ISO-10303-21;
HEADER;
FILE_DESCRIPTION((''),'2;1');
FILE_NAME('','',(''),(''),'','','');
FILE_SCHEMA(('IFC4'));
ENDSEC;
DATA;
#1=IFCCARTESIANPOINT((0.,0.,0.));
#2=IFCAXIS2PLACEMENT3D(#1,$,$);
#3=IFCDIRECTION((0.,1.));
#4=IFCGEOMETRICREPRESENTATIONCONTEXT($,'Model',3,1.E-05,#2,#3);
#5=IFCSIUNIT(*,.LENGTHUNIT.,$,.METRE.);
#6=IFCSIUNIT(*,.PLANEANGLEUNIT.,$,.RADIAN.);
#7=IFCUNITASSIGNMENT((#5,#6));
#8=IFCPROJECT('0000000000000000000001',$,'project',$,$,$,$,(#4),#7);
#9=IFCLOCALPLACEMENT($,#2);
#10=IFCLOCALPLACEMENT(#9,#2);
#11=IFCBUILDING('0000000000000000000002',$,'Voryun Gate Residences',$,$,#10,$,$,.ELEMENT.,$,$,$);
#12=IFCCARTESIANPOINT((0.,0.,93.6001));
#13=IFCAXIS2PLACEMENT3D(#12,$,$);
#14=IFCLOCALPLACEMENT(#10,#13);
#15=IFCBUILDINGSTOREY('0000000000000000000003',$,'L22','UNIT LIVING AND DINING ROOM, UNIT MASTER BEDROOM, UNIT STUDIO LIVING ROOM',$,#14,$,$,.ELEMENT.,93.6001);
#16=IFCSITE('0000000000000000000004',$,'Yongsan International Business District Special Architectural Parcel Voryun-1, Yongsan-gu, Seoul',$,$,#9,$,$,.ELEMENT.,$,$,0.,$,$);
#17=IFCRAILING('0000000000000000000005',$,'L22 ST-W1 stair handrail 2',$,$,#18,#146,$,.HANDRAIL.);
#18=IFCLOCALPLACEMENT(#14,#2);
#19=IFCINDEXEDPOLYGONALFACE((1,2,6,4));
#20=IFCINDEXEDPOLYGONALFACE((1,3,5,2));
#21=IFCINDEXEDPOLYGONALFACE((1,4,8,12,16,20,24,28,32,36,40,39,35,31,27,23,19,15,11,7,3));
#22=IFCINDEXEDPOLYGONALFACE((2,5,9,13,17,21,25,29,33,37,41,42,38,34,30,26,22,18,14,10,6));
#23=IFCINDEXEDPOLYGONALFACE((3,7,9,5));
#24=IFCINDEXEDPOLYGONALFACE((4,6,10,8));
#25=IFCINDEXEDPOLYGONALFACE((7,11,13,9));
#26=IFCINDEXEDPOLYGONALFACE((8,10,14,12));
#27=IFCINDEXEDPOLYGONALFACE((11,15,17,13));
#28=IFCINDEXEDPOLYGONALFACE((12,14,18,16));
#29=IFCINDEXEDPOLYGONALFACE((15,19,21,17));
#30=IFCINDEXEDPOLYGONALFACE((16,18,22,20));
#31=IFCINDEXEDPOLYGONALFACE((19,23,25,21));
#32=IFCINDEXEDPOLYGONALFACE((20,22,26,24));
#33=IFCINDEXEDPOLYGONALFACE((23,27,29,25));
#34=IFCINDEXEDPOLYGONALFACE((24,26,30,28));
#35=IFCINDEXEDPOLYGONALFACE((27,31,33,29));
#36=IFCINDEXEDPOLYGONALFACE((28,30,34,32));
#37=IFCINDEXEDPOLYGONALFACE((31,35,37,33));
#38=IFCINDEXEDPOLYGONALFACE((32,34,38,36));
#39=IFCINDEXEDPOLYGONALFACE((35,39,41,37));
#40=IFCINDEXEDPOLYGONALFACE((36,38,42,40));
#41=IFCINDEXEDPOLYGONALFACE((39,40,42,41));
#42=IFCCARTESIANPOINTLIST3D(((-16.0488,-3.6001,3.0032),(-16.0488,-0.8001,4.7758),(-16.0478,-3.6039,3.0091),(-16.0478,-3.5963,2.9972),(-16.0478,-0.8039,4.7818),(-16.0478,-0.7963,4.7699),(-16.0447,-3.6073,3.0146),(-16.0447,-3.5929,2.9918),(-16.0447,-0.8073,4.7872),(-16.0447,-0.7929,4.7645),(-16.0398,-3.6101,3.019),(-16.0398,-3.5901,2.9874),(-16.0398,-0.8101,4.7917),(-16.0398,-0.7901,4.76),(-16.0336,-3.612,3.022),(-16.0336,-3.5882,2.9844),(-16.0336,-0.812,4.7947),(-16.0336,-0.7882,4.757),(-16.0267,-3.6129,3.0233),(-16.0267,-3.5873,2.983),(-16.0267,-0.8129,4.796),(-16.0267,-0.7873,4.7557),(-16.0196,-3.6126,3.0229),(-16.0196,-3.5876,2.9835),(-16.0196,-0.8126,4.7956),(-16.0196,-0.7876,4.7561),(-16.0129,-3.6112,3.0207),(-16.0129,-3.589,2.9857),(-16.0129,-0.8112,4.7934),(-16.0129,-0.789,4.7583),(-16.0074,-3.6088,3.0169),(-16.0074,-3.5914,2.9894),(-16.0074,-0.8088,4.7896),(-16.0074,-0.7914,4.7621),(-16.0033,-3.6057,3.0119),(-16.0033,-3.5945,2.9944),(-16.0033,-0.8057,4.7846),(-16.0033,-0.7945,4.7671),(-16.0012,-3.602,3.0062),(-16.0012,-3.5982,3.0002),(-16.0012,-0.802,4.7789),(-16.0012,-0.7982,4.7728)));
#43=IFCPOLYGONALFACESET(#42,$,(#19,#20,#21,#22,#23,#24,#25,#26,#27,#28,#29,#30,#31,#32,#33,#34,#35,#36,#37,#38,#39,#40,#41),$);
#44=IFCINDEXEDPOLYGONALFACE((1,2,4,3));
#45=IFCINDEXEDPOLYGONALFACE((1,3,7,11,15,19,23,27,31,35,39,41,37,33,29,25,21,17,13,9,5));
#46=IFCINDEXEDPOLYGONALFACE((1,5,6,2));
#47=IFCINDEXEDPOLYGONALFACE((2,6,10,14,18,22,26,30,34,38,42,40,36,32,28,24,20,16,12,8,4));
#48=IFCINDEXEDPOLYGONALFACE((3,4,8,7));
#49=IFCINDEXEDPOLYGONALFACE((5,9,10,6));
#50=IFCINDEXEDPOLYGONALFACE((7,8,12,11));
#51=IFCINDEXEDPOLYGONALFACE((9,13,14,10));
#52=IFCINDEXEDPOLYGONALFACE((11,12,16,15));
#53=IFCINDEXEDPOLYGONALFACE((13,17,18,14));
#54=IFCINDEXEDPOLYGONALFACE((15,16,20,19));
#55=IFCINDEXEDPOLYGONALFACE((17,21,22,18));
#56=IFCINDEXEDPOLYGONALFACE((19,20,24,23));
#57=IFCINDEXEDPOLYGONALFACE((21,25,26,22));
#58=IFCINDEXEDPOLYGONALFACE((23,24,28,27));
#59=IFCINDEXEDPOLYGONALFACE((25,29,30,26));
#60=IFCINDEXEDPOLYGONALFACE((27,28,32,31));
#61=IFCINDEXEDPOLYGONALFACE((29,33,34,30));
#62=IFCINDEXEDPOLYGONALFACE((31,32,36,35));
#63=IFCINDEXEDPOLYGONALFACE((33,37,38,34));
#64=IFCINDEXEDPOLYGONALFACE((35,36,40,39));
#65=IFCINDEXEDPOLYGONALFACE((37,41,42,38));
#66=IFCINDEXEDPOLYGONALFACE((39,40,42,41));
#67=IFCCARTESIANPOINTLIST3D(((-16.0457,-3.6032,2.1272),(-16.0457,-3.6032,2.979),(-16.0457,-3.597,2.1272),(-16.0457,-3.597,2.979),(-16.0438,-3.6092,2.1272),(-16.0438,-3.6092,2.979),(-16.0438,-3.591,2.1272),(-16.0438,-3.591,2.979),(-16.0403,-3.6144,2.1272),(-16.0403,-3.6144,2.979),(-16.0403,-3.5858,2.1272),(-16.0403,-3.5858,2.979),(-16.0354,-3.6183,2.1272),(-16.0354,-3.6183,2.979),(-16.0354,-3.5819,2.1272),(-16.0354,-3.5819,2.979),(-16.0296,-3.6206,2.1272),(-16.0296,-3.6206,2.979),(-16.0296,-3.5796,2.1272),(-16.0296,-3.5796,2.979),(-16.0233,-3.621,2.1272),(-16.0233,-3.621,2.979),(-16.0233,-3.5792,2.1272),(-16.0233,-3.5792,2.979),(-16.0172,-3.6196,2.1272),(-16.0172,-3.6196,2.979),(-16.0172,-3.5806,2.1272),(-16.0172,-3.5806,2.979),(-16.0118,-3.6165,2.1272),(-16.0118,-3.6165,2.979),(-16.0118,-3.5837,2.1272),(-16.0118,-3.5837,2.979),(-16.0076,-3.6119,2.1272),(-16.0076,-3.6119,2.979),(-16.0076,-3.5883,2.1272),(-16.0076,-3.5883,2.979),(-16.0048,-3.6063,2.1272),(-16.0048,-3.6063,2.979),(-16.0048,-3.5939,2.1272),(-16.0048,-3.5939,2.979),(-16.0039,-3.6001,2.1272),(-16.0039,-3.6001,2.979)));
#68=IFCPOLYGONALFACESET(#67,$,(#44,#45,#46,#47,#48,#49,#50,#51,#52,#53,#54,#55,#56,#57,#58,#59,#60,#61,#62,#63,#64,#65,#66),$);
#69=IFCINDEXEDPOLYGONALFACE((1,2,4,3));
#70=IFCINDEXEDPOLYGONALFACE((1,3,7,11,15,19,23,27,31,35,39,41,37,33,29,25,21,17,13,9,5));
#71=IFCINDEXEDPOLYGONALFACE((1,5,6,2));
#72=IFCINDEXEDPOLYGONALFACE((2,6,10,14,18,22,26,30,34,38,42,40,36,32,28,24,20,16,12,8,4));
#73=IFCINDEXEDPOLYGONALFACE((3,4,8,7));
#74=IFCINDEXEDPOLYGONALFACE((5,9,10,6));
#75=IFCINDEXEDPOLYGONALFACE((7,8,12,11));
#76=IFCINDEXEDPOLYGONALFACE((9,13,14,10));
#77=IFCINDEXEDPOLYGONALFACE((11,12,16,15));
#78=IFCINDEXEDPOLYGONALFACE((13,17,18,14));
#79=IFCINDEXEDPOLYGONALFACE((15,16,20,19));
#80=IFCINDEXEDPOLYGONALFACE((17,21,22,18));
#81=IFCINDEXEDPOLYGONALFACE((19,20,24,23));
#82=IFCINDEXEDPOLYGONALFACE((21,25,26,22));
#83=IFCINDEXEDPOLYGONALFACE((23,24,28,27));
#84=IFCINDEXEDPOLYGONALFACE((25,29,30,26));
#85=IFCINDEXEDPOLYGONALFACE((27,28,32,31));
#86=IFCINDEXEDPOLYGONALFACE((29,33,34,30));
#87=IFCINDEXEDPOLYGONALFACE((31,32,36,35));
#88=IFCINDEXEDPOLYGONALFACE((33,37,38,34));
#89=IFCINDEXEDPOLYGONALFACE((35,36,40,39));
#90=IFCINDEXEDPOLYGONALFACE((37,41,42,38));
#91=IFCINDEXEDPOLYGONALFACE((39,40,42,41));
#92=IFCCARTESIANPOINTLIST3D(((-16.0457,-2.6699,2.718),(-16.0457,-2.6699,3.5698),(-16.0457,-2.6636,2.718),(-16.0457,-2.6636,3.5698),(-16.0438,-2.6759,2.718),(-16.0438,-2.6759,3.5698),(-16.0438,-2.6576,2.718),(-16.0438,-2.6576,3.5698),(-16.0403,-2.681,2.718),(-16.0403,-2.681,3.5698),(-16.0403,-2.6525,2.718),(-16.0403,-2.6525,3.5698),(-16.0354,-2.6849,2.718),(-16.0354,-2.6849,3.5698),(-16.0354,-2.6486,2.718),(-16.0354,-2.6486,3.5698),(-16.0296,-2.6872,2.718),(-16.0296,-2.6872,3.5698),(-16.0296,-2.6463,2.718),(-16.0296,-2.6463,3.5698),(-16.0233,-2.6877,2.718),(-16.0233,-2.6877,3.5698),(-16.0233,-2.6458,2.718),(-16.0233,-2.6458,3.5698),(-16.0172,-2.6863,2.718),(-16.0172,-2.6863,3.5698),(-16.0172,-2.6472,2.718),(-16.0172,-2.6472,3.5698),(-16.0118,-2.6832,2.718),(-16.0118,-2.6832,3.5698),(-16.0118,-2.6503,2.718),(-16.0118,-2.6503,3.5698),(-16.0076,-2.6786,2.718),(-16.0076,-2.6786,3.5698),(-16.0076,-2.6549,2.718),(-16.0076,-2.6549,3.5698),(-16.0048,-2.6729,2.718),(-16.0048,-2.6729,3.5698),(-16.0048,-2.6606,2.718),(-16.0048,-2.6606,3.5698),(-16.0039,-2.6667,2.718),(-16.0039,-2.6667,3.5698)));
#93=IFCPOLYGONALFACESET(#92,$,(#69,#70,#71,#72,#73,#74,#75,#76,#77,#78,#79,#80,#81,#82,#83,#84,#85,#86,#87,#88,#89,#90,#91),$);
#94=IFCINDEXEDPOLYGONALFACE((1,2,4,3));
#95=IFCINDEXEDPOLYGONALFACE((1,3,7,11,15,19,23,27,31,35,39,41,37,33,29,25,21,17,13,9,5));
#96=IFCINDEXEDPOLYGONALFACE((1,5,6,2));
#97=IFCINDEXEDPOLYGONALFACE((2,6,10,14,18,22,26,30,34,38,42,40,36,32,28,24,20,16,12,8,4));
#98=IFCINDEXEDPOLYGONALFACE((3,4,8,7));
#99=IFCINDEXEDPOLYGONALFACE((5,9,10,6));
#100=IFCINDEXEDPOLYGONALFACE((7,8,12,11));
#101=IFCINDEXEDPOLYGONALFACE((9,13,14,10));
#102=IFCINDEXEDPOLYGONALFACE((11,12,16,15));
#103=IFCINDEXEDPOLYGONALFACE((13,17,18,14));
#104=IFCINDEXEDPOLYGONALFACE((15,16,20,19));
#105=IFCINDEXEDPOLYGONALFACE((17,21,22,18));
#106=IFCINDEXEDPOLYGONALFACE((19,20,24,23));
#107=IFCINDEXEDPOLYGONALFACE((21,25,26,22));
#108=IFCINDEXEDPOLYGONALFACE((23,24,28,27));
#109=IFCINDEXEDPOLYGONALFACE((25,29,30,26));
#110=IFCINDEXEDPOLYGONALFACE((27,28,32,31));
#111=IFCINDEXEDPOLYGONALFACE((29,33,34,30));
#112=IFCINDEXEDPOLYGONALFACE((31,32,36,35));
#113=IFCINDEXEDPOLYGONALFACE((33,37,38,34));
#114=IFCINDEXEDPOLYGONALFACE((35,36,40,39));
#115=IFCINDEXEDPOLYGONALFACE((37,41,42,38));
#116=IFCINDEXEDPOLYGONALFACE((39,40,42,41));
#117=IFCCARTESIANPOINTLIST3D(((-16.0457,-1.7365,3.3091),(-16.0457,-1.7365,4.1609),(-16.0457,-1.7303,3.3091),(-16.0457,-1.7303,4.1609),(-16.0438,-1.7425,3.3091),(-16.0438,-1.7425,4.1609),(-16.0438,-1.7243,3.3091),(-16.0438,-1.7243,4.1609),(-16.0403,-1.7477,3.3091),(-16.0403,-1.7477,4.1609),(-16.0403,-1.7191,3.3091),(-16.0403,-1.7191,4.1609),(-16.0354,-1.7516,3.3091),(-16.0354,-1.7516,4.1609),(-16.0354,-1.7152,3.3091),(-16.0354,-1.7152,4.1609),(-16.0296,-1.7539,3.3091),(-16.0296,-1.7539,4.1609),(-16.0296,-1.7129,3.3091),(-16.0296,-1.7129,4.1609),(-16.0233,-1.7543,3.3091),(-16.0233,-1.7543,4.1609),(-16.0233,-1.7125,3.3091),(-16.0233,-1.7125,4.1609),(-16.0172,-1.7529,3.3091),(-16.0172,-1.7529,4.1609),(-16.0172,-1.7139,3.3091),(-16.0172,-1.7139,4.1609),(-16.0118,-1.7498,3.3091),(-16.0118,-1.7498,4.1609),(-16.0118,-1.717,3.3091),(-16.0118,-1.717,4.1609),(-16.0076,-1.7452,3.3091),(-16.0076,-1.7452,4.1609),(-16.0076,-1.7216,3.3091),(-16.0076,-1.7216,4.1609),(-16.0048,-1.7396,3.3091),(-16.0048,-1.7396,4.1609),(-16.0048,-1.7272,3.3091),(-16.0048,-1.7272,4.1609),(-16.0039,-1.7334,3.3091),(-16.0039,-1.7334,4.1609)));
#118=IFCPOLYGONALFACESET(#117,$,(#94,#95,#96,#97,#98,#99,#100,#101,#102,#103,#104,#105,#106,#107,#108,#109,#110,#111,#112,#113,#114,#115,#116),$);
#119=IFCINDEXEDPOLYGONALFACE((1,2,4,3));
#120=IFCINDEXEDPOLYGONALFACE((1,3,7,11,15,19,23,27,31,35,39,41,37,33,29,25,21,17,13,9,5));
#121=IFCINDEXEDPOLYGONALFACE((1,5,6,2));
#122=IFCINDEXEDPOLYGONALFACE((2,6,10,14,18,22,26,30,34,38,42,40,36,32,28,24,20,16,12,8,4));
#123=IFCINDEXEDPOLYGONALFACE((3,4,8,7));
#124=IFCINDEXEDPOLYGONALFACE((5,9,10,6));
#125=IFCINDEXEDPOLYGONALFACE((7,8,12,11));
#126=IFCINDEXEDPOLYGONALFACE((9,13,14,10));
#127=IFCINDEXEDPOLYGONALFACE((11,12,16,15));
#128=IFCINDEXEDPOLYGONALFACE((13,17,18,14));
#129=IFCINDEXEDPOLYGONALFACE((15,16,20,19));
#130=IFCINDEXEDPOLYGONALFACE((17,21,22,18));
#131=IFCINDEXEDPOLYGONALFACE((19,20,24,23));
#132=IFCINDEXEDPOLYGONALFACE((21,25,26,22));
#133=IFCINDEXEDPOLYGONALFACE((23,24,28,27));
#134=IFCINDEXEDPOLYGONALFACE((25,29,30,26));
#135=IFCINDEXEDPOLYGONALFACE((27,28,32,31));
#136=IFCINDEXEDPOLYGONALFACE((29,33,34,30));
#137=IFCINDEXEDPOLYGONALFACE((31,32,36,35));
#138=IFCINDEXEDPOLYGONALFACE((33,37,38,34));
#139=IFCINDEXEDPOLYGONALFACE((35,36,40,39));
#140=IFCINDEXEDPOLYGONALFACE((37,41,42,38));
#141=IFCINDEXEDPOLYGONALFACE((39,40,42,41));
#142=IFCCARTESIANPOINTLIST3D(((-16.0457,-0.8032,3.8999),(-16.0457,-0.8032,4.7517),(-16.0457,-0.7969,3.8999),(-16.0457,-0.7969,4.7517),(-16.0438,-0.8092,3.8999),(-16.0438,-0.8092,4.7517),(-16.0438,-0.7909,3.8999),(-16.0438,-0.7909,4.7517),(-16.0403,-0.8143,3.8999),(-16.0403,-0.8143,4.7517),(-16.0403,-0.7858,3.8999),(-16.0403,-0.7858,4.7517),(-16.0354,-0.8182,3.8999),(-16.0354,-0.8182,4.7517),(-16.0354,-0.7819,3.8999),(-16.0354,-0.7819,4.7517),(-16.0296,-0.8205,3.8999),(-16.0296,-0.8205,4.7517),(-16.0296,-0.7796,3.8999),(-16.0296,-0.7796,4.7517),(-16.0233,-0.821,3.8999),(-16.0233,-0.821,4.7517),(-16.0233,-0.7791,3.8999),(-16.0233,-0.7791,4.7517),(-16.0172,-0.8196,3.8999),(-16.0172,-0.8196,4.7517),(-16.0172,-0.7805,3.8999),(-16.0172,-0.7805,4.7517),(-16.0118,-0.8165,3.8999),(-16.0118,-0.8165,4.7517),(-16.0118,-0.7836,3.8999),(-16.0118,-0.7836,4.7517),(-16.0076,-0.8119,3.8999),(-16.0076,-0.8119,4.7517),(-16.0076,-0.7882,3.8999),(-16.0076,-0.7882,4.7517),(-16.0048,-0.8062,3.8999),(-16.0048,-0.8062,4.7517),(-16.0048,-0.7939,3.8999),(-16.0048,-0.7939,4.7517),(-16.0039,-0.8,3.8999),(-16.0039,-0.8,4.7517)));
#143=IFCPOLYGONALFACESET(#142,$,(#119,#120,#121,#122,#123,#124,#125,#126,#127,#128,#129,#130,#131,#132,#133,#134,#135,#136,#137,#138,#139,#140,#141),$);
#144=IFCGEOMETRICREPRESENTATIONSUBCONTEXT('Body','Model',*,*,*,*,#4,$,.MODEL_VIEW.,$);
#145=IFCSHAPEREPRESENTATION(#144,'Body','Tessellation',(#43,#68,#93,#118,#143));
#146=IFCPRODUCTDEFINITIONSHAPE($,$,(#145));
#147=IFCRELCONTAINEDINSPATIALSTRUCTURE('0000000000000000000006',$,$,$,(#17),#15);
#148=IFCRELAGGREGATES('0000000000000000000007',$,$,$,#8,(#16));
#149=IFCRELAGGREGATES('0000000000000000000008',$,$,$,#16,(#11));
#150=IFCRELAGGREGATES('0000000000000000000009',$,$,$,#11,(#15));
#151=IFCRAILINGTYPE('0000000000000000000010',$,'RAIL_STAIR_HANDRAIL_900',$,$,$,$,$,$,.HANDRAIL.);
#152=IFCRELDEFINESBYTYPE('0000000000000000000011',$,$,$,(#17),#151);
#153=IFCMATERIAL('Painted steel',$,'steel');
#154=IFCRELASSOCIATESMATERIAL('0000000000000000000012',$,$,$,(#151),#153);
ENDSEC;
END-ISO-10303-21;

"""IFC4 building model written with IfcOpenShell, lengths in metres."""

from ifc_helpers import new_model, si_unit, direction, frame, origin, origin_2d, place, context, subcontext, project, spatial, circle, extrude, material, type_object, element, save


model = new_model("IFC4")

# Units and contexts
model_context = context("Model", 3, precision=1e-05, world=origin(), true_north=direction((0.0, 1.0)))
body_context = subcontext(model_context, "Body", "Model", "MODEL_VIEW")
ifc_project = project(units=[si_unit("LENGTHUNIT", "METRE"), si_unit("PLANEANGLEUNIT", "RADIAN")], contexts=[model_context])

# Site, building, storey
site_placement = place(None, origin())
site = spatial("IfcSite", under=ifc_project, at=site_placement, Name="Yongsan International Business District Special Architectural Parcel Voryun-1, Yongsan-gu, Seoul", CompositionType="ELEMENT", RefElevation=0.0)
building_placement = place(site_placement, origin())
building = spatial("IfcBuilding", under=site, at=building_placement, Name="Voryun Gate Residences", CompositionType="ELEMENT")
storey_placement = place(building_placement, frame((0.0, 0.0, 93.6001)))
storey = spatial("IfcBuildingStorey", under=building, at=storey_placement, Name="L22", Description="UNIT LIVING AND DINING ROOM, UNIT MASTER BEDROOM, UNIT STUDIO LIVING ROOM", CompositionType="ELEMENT", Elevation=93.6001)

# Railing
ifc_material_1 = material(Name="Painted steel", Category="steel")
railing_type_1 = type_object("IfcRailingType", Name="RAIL_STAIR_HANDRAIL_900", PredefinedType="HANDRAIL", material=ifc_material_1)
railing_1_placement = place(storey_placement, frame((-16.0249, -3.6001, 2.1272)))
element("IfcRailing", 1, at=railing_1_placement, inside=storey, type_object=railing_type_1, Name="L22 ST-W1 stair handrail 2", PredefinedType="HANDRAIL", context=body_context, shape_type="SweptSolid", body=[
    extrude(circle(Radius=0.0239, at=origin_2d()), frame((0.0, 0.0, 0.876), z_axis=(0.0, 0.844909, 0.53491), x_axis=(-1.0, 0.0, 0.0)), (0.0, 0.0, 1.0), 3.314),
    extrude(circle(Radius=0.021, at=origin_2d()), origin(), (0.0, 0.0, 1.0), 0.8518),
    extrude(circle(Radius=0.021, at=origin_2d()), frame((0.0, 0.9333, 0.5908)), (0.0, 0.0, 1.0), 0.8518),
    extrude(circle(Radius=0.021, at=origin_2d()), frame((0.0, 1.8667, 1.1819)), (0.0, 0.0, 1.0), 0.8518),
    extrude(circle(Radius=0.021, at=origin_2d()), frame((0.0, 2.8, 1.7727)), (0.0, 0.0, 1.0), 0.8518),
])

save(model, "model.ifc")
